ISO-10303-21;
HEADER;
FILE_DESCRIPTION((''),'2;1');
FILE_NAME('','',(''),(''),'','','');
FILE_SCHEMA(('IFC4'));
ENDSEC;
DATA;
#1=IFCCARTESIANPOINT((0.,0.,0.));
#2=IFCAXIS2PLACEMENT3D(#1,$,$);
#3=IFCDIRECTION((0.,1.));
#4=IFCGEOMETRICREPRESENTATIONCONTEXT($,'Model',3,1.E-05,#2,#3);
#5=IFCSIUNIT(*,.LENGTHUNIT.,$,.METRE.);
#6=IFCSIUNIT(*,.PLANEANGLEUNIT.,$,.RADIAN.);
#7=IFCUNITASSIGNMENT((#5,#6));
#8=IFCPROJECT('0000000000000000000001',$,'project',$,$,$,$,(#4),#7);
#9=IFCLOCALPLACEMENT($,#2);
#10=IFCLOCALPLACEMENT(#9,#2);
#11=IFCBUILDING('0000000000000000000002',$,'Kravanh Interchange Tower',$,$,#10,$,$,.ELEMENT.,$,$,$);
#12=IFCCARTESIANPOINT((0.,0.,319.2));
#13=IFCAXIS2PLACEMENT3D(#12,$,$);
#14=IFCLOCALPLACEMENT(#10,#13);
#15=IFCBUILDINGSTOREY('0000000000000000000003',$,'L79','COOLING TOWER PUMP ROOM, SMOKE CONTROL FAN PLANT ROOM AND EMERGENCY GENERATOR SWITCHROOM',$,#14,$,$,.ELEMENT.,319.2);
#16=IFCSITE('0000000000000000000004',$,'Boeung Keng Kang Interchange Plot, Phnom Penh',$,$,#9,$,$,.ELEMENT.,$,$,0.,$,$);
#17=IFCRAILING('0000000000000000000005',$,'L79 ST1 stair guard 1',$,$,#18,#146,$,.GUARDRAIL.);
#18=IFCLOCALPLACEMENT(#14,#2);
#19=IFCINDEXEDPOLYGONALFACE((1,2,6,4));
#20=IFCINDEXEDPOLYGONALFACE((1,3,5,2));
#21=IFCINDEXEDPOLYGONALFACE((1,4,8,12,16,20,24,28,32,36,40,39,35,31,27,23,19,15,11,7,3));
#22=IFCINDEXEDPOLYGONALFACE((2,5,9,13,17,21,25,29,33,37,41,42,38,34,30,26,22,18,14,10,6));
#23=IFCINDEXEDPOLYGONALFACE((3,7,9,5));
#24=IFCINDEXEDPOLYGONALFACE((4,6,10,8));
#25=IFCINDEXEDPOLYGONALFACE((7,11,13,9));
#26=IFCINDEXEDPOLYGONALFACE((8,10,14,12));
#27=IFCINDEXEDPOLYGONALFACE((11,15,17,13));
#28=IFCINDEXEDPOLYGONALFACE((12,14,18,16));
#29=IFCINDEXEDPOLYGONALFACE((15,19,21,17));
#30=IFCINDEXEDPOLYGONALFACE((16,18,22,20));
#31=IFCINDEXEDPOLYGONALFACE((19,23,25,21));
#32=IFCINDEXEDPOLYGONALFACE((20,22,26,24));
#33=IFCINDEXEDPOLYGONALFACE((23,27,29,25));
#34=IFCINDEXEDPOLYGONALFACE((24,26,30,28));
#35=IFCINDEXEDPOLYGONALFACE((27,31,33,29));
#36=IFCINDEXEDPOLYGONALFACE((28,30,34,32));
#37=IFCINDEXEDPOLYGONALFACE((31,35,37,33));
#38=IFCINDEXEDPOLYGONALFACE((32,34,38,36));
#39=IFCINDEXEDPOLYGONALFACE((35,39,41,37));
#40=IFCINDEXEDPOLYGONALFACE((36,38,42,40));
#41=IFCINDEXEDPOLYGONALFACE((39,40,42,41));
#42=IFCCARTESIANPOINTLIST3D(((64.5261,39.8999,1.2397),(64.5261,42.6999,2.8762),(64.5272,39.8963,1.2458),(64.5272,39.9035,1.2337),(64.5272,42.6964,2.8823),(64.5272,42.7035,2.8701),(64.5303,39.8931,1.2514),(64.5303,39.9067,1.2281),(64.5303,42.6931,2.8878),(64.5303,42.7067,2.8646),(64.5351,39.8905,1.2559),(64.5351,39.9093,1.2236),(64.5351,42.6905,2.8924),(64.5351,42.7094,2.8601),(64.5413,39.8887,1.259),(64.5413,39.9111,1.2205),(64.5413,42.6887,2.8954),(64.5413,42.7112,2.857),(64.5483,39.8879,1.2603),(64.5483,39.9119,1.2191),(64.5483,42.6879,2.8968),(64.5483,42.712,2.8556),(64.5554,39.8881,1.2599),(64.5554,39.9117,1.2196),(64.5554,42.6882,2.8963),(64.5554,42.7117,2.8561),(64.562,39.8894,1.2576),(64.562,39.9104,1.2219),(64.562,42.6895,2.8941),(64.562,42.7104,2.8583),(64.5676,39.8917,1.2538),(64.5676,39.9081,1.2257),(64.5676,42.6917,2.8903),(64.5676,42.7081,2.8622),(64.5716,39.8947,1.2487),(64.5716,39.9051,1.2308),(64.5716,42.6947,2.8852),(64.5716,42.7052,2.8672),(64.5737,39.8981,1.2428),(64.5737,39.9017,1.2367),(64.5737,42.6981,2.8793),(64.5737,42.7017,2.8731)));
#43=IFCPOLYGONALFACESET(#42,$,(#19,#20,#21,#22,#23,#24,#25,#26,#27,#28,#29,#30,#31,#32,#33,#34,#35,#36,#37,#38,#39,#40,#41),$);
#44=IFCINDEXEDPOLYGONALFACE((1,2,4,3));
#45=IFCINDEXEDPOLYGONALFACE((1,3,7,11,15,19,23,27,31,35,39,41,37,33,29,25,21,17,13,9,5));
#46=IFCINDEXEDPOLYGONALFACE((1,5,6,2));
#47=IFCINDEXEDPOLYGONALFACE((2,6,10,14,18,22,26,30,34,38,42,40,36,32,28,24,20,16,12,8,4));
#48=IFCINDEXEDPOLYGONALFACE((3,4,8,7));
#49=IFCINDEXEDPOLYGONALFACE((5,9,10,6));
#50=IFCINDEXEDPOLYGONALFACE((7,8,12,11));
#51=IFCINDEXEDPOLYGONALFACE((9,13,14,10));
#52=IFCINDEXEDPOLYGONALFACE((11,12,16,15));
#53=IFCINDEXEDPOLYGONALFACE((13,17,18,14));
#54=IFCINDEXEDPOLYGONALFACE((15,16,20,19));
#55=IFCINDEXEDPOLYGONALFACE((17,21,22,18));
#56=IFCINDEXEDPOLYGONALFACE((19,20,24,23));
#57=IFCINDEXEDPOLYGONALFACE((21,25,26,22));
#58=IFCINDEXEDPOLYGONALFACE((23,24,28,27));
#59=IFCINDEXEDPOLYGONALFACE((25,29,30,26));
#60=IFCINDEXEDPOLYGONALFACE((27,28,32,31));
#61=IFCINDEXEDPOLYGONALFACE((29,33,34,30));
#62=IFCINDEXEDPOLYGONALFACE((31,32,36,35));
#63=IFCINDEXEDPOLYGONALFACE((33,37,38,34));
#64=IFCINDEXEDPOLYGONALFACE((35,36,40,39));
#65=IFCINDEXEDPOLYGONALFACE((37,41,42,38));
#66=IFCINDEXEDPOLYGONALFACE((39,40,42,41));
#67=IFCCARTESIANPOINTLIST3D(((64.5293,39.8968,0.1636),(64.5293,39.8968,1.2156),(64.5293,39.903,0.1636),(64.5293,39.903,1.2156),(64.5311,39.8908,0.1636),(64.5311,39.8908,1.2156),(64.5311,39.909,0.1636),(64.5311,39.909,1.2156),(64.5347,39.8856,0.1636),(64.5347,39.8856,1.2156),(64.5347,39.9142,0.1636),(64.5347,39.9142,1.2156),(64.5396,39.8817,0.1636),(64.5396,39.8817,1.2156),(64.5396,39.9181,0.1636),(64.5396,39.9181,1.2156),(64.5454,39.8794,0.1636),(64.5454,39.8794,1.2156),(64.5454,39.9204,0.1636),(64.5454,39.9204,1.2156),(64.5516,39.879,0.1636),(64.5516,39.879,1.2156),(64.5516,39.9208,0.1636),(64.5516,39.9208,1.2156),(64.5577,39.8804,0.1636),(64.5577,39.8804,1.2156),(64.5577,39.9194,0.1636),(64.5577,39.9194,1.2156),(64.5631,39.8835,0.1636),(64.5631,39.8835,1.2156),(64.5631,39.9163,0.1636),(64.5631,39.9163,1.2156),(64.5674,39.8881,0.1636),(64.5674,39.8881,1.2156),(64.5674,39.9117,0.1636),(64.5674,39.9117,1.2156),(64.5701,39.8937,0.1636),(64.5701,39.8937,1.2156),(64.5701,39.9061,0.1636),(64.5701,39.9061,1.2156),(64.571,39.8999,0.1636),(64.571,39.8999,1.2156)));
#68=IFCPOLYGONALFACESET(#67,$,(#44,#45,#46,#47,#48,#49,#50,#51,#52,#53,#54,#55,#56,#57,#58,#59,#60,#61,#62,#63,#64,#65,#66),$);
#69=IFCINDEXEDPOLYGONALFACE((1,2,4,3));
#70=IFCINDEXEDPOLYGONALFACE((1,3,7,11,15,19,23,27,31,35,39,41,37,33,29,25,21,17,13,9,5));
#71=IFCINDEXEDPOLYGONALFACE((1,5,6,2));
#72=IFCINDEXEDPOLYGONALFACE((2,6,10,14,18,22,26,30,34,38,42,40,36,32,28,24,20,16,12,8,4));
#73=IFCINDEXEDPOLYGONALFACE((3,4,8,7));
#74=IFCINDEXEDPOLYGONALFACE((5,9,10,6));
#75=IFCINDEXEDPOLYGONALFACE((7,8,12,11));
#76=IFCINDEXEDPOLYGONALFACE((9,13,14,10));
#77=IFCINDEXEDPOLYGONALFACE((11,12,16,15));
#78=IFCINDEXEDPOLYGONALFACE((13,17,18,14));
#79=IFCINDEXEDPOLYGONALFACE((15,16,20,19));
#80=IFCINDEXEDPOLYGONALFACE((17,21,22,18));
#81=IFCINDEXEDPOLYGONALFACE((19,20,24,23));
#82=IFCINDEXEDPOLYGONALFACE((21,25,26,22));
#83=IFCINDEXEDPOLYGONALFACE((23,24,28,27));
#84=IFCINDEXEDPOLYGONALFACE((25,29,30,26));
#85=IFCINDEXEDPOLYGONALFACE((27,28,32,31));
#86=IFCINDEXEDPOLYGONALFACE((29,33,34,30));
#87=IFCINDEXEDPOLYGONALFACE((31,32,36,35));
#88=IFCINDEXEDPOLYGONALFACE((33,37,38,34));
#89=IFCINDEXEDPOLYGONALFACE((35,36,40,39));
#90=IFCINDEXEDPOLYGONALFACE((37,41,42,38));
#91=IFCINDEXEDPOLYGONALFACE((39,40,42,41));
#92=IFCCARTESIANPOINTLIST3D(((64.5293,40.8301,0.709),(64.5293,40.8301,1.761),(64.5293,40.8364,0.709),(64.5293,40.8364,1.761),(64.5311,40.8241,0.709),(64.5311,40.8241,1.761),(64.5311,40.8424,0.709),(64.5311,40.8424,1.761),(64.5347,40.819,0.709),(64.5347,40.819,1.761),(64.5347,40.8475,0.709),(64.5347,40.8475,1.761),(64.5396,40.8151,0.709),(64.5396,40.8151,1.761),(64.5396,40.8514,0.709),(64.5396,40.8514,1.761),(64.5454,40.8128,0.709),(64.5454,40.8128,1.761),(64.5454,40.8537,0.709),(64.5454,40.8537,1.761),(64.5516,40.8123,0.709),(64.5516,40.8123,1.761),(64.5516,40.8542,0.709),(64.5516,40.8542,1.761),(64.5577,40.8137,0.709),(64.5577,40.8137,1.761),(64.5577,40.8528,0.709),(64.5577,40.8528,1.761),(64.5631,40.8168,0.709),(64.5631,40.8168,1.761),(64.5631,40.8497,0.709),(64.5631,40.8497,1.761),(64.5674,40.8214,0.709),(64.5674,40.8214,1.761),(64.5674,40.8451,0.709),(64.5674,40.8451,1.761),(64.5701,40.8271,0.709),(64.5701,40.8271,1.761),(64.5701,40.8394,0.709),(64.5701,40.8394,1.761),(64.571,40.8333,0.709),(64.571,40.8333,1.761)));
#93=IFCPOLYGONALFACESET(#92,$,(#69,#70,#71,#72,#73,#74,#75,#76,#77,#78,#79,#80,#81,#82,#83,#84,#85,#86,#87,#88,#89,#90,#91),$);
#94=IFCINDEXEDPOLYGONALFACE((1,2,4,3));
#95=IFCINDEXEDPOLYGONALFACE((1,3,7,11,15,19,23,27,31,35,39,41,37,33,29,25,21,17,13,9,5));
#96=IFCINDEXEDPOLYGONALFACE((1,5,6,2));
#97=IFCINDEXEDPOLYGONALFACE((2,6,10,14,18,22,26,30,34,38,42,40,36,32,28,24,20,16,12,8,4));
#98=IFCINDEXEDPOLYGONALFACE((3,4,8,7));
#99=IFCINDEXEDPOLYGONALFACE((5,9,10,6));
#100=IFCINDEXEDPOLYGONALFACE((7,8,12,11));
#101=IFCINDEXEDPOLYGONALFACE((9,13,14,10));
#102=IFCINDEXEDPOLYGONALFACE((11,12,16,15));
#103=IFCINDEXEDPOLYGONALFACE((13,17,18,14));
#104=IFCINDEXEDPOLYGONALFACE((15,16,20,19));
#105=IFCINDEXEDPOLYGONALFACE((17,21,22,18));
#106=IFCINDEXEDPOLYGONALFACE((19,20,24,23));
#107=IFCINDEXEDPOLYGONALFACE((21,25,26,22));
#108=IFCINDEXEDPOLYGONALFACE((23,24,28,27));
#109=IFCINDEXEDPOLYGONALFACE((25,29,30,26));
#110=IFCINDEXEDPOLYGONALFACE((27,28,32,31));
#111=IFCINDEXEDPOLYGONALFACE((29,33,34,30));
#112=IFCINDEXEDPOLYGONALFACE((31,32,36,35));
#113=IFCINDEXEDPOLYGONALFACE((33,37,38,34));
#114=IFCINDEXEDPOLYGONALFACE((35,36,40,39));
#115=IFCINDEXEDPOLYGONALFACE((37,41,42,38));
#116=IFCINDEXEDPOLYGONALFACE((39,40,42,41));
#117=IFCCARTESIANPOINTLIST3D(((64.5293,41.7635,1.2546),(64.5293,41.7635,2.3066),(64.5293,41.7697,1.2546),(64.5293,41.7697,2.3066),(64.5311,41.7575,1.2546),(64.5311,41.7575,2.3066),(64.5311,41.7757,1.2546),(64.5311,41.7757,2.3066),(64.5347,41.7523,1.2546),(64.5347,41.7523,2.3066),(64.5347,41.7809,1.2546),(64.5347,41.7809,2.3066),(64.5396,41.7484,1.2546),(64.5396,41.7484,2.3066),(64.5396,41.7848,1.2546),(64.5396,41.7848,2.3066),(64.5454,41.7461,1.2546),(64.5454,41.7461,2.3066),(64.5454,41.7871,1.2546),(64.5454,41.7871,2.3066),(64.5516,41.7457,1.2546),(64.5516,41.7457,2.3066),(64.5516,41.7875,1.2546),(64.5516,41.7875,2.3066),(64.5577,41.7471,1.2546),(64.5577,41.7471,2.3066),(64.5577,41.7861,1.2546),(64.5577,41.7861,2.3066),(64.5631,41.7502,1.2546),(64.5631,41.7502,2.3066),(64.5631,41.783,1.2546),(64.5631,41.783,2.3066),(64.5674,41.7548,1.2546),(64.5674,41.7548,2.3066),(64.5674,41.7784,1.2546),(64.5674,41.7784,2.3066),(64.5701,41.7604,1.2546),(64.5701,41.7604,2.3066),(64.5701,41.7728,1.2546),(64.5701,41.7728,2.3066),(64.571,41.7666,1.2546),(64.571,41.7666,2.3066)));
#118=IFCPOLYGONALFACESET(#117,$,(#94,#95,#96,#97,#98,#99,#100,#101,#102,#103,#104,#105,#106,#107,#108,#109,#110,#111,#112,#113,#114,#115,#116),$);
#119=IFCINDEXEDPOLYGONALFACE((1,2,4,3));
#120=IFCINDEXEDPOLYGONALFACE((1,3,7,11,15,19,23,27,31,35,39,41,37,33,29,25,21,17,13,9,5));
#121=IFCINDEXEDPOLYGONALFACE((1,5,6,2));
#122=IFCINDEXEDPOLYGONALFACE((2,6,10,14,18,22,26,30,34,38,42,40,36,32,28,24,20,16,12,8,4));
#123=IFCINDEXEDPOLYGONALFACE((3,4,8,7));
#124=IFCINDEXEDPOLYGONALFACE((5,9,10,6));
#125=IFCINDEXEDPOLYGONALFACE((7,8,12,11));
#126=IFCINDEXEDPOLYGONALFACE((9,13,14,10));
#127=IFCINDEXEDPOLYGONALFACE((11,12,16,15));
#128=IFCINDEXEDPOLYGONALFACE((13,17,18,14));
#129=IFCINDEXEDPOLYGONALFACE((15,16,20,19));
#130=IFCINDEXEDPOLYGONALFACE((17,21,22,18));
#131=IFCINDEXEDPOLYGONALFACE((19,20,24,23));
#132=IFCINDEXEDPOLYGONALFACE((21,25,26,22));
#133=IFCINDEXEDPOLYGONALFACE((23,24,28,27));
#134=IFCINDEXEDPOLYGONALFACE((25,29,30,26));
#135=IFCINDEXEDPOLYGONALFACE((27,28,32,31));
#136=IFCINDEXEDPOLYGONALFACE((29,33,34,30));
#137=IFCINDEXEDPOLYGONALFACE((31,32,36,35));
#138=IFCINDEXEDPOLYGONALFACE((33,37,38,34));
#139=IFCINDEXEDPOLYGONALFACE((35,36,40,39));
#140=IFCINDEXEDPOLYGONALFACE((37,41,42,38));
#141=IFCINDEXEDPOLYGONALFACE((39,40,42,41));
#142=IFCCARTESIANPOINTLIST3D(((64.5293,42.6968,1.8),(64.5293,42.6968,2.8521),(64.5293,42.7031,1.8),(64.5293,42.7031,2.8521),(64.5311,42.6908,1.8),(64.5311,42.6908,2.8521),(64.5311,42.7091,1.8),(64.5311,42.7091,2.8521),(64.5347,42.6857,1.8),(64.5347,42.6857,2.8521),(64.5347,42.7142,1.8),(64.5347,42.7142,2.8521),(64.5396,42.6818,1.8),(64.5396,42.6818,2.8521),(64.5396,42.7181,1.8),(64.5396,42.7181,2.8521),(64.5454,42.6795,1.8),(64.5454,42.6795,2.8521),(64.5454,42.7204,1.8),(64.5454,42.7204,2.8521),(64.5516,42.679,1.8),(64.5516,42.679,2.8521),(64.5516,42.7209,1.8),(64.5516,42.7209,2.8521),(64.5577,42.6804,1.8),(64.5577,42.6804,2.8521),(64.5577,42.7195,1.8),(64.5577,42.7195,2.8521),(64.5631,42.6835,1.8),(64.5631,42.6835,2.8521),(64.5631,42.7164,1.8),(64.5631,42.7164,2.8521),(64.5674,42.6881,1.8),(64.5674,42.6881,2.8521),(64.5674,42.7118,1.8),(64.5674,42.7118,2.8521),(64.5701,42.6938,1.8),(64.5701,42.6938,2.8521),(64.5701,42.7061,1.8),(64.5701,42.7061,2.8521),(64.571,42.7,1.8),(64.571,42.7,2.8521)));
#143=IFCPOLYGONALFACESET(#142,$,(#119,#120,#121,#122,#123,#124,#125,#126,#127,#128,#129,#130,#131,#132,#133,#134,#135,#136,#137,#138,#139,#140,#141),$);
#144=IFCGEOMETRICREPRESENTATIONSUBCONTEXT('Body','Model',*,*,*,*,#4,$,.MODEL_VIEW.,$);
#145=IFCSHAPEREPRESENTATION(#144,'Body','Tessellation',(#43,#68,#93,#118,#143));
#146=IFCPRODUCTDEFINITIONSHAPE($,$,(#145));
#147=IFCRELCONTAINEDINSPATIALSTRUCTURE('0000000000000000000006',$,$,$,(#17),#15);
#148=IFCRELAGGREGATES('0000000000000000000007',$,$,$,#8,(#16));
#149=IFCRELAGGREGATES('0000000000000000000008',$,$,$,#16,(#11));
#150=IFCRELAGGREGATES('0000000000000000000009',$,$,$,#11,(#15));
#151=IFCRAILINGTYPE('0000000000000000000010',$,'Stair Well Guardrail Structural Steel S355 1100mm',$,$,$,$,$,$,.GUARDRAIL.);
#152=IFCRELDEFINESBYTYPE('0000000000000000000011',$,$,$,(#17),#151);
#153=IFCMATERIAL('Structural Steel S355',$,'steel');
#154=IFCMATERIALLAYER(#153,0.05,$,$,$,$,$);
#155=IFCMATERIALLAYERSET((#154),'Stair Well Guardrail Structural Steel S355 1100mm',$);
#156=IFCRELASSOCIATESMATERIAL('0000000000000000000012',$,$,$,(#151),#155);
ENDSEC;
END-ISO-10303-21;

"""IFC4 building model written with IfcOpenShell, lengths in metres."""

from ifc_helpers import new_model, si_unit, direction, frame, origin, origin_2d, place, context, subcontext, project, spatial, circle, extrude, material, layer, layer_set, type_object, element, save


model = new_model("IFC4")

# Units and contexts
model_context = context("Model", 3, precision=1e-05, world=origin(), true_north=direction((0.0, 1.0)))
body_context = subcontext(model_context, "Body", "Model", "MODEL_VIEW")
ifc_project = project(units=[si_unit("LENGTHUNIT", "METRE"), si_unit("PLANEANGLEUNIT", "RADIAN")], contexts=[model_context])

# Site, building, storey
site_placement = place(None, origin())
site = spatial("IfcSite", under=ifc_project, at=site_placement, Name="Boeung Keng Kang Interchange Plot, Phnom Penh", CompositionType="ELEMENT", RefElevation=0.0)
building_placement = place(site_placement, origin())
building = spatial("IfcBuilding", under=site, at=building_placement, Name="Kravanh Interchange Tower", CompositionType="ELEMENT")
storey_placement = place(building_placement, frame((0.0, 0.0, 319.2)))
storey = spatial("IfcBuildingStorey", under=building, at=storey_placement, Name="L79", Description="COOLING TOWER PUMP ROOM, SMOKE CONTROL FAN PLANT ROOM AND EMERGENCY GENERATOR SWITCHROOM", CompositionType="ELEMENT", Elevation=319.2)

# Railing
ifc_material_1 = material(Name="Structural Steel S355", Category="steel")
ifc_layer_1 = layer(ifc_material_1, 0.05)
ifc_layer_set_1 = layer_set([ifc_layer_1], Name="Stair Well Guardrail Structural Steel S355 1100mm")
railing_type_1 = type_object("IfcRailingType", Name="Stair Well Guardrail Structural Steel S355 1100mm", PredefinedType="GUARDRAIL", material=ifc_layer_set_1)
railing_1_placement = place(storey_placement, frame((64.55, 39.8999, 0.1636)))
element("IfcRailing", 1, at=railing_1_placement, inside=storey, type_object=railing_type_1, Name="L79 ST1 stair guard 1", PredefinedType="GUARDRAIL", context=body_context, shape_type="SweptSolid", body=[
    extrude(circle(Radius=0.0239, at=origin_2d()), frame((0.0, 0.0, 1.0762), z_axis=(0.0, 0.863361, 0.504587), x_axis=(-1.0, 0.0, 0.0)), (0.0, 0.0, 1.0), 3.2432),
    extrude(circle(Radius=0.021, at=origin_2d()), origin(), (0.0, 0.0, 1.0), 1.052),
    extrude(circle(Radius=0.021, at=origin_2d()), frame((0.0, 0.9333, 0.5454)), (0.0, 0.0, 1.0), 1.052),
    extrude(circle(Radius=0.021, at=origin_2d()), frame((0.0, 1.8667, 1.0911)), (0.0, 0.0, 1.0), 1.052),
    extrude(circle(Radius=0.021, at=origin_2d()), frame((0.0, 2.8, 1.6365)), (0.0, 0.0, 1.0), 1.052),
])

save(model, "model.ifc")
